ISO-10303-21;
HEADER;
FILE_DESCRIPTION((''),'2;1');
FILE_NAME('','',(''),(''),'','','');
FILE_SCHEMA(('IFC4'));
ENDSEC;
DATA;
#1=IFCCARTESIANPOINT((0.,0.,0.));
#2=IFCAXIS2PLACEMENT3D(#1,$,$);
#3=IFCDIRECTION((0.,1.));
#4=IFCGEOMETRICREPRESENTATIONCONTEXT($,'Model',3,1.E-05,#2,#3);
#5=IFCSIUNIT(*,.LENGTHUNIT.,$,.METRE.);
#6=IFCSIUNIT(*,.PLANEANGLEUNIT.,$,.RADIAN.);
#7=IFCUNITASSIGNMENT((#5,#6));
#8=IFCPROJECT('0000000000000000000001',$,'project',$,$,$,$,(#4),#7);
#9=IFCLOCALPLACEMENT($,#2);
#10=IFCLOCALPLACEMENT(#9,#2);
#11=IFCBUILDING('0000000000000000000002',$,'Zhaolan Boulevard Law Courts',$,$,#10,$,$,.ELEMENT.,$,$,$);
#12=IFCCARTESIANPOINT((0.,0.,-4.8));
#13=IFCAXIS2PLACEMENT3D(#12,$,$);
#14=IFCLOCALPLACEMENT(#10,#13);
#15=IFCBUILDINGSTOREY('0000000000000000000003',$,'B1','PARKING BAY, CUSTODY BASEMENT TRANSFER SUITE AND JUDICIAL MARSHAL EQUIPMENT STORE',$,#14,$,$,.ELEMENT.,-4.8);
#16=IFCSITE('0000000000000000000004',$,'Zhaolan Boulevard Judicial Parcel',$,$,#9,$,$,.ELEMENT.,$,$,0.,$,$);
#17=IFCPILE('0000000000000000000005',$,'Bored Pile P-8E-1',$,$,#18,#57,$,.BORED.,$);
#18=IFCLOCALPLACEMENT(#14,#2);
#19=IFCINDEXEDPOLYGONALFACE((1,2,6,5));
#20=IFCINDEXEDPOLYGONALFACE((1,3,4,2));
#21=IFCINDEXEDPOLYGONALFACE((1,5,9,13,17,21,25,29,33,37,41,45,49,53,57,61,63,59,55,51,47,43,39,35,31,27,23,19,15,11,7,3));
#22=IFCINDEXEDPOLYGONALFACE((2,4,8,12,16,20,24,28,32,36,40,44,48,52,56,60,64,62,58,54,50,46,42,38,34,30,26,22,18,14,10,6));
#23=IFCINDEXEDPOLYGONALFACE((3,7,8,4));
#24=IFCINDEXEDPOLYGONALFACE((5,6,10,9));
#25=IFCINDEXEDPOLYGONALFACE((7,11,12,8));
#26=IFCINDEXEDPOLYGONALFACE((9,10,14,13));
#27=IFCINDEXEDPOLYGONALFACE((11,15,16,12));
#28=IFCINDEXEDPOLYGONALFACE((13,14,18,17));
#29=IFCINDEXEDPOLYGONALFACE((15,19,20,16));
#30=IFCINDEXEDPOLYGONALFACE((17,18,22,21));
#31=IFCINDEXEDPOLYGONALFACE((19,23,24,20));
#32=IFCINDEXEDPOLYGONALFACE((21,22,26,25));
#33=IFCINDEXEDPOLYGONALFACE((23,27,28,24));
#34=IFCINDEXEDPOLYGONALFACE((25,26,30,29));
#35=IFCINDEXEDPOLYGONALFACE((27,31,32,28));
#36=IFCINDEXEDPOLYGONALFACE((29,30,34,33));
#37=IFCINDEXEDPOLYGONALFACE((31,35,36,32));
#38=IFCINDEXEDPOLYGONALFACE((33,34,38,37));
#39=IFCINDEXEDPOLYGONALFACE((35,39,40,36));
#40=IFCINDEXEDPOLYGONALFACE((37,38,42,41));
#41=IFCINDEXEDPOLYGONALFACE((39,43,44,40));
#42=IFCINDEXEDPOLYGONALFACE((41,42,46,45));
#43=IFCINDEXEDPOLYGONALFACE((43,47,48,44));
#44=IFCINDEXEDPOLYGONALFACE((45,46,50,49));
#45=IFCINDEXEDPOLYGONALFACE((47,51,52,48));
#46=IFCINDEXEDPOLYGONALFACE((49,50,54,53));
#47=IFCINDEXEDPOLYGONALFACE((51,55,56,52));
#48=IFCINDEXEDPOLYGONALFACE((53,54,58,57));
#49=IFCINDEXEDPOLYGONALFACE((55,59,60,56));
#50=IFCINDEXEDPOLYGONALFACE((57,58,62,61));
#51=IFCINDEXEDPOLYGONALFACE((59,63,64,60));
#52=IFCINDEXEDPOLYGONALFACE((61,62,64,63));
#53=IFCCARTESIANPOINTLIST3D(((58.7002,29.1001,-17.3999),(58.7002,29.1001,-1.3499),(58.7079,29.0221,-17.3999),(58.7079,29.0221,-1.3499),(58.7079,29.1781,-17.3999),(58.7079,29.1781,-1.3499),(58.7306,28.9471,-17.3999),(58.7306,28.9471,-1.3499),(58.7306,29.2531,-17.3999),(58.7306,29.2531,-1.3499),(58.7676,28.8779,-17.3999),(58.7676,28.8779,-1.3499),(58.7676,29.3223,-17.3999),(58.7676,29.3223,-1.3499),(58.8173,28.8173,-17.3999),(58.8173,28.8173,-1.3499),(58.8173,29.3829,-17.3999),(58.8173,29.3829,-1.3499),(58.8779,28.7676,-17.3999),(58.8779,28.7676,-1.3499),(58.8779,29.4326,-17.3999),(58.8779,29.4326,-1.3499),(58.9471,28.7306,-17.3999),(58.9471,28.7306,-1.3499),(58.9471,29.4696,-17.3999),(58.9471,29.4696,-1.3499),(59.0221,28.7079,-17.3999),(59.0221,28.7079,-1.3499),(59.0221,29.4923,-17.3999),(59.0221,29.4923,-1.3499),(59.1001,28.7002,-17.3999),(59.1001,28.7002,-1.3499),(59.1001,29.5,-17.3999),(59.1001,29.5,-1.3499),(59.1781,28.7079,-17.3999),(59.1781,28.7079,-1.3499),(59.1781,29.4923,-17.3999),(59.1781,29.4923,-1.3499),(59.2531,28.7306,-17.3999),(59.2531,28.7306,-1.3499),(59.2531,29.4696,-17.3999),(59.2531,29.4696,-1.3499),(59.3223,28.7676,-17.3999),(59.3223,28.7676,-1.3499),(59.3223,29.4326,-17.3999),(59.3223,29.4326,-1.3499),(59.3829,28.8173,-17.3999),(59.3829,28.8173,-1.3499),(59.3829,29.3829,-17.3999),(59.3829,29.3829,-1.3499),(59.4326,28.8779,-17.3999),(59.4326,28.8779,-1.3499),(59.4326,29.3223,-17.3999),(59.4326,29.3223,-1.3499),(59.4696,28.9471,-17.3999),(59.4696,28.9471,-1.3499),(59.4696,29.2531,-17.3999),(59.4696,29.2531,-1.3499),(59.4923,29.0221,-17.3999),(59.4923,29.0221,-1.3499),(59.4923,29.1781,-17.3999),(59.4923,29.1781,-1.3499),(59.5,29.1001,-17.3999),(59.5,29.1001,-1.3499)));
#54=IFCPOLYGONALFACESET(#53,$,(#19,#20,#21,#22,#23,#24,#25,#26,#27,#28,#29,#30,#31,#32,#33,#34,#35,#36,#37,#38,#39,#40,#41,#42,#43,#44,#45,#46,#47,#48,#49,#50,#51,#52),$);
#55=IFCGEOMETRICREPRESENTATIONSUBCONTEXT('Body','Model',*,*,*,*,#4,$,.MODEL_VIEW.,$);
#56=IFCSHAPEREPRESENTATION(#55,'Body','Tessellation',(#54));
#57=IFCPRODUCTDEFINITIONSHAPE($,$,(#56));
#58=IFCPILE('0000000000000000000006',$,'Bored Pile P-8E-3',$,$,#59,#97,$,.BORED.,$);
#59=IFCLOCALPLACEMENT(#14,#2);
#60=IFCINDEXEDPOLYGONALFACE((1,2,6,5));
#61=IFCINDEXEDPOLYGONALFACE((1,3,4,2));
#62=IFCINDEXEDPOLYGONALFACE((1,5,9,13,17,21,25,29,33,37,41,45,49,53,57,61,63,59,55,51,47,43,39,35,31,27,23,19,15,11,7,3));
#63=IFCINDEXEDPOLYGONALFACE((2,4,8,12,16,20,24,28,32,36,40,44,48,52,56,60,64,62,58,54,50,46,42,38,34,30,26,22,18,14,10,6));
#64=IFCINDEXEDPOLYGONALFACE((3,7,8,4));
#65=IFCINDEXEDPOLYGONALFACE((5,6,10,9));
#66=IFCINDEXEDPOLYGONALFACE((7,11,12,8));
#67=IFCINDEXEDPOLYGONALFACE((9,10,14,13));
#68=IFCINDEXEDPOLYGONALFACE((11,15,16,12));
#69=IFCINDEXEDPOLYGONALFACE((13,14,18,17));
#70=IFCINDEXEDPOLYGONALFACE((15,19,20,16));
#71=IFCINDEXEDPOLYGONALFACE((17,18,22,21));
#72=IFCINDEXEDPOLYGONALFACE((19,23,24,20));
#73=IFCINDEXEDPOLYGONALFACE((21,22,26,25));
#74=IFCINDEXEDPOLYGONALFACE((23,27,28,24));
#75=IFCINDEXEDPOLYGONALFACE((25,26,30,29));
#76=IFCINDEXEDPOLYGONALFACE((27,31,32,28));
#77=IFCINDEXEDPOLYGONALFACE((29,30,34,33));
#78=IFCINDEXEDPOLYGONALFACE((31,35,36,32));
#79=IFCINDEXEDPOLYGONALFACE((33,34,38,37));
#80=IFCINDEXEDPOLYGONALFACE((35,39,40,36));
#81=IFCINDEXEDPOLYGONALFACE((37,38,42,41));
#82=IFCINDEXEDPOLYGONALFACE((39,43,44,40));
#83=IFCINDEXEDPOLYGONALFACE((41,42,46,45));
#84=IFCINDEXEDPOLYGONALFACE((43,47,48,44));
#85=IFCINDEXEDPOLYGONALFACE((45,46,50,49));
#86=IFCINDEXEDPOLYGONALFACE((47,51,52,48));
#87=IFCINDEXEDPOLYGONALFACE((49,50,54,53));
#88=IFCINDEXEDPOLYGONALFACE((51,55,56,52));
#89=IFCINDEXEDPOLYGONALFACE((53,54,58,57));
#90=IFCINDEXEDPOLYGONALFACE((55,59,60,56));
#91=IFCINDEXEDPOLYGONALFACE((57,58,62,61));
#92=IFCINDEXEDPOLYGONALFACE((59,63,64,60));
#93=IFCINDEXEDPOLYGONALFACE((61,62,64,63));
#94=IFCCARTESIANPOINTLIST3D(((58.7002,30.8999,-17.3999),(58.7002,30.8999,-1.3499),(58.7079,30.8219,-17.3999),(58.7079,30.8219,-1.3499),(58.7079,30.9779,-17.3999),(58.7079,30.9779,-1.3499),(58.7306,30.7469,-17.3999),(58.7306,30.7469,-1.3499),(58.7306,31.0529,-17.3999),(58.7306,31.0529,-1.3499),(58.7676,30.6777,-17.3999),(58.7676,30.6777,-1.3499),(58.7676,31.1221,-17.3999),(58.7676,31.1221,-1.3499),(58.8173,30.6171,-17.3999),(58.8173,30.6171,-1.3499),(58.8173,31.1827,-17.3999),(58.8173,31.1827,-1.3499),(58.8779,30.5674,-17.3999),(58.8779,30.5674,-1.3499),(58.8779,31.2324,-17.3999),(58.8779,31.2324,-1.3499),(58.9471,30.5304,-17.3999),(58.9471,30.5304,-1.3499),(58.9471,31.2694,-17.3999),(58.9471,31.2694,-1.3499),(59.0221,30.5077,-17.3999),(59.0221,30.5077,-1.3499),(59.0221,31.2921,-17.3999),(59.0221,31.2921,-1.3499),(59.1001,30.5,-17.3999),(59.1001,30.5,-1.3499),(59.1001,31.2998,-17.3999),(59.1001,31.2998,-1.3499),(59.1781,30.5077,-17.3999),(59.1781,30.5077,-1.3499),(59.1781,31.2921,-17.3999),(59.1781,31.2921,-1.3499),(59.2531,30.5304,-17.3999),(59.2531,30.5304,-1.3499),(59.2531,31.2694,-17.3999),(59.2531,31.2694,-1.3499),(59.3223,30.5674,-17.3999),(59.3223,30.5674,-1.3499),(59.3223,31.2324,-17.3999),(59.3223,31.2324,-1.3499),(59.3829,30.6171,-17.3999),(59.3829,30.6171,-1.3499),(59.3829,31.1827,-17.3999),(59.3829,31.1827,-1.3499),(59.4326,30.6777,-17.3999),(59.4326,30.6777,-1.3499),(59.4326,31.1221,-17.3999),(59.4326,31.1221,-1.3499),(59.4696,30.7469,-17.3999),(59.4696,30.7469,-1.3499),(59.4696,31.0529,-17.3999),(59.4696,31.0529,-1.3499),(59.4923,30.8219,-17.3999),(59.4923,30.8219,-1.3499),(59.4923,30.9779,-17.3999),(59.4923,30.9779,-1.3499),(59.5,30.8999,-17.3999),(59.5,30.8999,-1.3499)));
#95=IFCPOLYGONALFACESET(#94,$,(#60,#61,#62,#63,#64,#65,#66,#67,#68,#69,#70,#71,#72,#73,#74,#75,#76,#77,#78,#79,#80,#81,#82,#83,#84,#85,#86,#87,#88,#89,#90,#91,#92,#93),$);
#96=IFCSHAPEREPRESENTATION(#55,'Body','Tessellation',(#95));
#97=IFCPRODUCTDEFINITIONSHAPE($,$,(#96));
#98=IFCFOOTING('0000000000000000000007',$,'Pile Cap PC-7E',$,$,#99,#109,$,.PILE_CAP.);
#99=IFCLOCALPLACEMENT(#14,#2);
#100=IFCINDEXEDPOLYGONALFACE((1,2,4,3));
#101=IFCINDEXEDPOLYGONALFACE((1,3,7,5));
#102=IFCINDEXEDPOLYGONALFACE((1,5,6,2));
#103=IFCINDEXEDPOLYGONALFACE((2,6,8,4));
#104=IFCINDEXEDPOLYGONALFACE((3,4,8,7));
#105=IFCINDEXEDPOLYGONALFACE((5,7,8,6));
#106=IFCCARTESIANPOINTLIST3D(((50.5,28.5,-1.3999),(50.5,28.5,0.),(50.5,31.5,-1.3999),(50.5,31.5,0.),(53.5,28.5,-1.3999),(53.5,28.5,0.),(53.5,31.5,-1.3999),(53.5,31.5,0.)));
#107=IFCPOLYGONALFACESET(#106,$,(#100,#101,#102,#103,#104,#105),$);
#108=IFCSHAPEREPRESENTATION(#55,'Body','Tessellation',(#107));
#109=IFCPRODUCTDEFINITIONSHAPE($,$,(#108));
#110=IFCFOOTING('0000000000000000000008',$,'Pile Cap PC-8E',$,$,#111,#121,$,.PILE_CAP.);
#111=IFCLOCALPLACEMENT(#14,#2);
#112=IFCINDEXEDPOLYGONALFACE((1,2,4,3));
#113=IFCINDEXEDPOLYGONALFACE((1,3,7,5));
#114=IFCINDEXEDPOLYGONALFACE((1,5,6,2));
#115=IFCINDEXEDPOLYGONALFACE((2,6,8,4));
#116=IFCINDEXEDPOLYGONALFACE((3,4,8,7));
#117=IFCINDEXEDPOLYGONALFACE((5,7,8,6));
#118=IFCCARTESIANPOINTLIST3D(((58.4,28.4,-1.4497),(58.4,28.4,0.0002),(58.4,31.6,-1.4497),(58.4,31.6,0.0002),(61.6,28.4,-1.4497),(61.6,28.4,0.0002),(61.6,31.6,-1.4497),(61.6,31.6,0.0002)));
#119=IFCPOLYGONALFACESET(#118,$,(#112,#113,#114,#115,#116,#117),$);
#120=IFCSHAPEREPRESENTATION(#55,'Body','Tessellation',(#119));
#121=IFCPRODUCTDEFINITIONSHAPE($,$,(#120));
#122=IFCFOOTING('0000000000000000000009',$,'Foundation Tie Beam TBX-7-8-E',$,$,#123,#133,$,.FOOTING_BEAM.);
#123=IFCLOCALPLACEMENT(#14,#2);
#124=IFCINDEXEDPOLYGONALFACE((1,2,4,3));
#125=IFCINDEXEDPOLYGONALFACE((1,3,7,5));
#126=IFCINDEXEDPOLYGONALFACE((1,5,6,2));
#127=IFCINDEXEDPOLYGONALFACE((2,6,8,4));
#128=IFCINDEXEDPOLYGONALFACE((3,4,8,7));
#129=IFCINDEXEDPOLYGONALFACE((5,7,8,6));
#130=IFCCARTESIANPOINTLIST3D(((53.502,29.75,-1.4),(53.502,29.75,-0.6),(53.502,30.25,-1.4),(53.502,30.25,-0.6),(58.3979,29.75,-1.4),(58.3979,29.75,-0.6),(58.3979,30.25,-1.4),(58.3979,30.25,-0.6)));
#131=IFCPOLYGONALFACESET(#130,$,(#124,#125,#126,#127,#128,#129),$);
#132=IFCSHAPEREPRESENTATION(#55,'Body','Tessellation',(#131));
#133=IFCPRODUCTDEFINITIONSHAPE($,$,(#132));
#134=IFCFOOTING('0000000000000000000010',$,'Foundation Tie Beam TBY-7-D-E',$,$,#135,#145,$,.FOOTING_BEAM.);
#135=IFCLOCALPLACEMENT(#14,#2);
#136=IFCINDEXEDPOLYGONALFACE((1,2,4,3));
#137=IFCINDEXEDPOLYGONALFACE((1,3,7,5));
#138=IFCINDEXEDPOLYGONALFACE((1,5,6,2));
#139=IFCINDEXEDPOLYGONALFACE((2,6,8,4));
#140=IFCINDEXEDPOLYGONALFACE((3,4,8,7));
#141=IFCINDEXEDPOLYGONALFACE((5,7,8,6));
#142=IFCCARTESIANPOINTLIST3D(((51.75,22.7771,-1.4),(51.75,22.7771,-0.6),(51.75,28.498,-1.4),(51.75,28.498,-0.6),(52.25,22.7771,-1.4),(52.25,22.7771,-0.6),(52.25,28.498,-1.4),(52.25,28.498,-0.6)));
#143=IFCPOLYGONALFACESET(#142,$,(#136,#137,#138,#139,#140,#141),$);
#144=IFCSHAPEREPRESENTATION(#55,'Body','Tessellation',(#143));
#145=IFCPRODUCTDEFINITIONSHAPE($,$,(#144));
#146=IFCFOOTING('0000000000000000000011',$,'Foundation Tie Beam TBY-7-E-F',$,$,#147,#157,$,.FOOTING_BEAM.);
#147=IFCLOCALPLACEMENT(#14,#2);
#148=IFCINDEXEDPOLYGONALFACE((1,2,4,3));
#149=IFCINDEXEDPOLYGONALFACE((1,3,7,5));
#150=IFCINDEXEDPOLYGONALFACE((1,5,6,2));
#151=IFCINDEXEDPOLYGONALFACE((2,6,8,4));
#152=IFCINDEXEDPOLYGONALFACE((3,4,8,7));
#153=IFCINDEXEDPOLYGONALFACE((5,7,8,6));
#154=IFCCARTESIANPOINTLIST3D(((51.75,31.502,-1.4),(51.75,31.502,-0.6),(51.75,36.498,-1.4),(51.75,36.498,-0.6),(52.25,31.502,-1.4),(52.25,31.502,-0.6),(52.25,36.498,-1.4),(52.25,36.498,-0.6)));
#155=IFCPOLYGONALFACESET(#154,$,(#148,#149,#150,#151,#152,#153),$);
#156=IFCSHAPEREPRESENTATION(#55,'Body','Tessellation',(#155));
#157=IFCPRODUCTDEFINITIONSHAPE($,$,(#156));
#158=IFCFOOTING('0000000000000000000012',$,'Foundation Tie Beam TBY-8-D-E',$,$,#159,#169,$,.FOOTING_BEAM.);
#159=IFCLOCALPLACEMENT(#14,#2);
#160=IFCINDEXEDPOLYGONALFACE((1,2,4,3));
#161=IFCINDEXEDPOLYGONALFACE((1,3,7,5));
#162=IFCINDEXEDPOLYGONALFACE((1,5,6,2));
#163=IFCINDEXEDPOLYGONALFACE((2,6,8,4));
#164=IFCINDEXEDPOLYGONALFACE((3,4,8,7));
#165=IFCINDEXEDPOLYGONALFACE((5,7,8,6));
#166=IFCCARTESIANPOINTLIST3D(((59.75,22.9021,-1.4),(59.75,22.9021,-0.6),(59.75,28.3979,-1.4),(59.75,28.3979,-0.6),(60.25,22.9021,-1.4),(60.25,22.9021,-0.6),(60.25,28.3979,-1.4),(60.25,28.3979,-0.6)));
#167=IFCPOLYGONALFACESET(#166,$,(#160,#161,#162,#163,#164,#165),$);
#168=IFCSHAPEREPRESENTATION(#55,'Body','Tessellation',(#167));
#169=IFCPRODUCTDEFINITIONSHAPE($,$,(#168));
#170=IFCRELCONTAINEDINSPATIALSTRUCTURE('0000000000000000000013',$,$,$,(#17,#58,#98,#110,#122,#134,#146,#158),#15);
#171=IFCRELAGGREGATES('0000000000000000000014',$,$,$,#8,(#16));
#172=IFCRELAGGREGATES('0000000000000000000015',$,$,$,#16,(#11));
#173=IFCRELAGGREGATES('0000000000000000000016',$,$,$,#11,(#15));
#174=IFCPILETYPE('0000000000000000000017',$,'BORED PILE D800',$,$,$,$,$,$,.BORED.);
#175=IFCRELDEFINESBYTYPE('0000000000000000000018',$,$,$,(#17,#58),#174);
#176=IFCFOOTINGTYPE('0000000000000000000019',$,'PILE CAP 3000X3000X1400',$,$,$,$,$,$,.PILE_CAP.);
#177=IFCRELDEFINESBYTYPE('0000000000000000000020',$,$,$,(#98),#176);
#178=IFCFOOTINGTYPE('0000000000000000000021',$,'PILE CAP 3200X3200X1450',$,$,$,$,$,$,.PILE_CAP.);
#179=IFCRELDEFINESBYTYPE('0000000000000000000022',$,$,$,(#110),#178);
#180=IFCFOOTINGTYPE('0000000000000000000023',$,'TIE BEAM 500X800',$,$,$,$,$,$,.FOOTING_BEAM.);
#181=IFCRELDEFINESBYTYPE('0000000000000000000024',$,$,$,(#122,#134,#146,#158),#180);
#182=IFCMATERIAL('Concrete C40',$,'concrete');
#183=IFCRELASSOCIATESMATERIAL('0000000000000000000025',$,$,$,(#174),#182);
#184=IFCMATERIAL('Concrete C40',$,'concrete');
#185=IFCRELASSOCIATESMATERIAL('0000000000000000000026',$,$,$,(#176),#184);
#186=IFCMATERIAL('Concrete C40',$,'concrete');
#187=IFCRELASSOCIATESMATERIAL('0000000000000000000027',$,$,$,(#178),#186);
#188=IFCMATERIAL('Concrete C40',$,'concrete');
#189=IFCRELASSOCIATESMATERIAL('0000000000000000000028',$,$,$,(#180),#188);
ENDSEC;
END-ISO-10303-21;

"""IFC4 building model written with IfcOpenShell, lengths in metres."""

from ifc_helpers import new_model, si_unit, direction, frame, origin, origin_2d, place, context, subcontext, project, spatial, rectangle, circle, extrude, material, material_profile, profile_set, type_object, element, save


model = new_model("IFC4")

# Units and contexts
model_context = context("Model", 3, precision=1e-05, world=origin(), true_north=direction((0.0, 1.0)))
body_context = subcontext(model_context, "Body", "Model", "MODEL_VIEW")
ifc_project = project(units=[si_unit("LENGTHUNIT", "METRE"), si_unit("PLANEANGLEUNIT", "RADIAN")], contexts=[model_context])

# Site, building, storey
site_placement = place(None, origin())
site = spatial("IfcSite", under=ifc_project, at=site_placement, Name="Zhaolan Boulevard Judicial Parcel", CompositionType="ELEMENT", RefElevation=0.0)
building_placement = place(site_placement, origin())
building = spatial("IfcBuilding", under=site, at=building_placement, Name="Zhaolan Boulevard Law Courts", CompositionType="ELEMENT")
storey_placement = place(building_placement, frame((0.0, 0.0, -4.8)))
storey = spatial("IfcBuildingStorey", under=building, at=storey_placement, Name="B1", Description="PARKING BAY, CUSTODY BASEMENT TRANSFER SUITE AND JUDICIAL MARSHAL EQUIPMENT STORE", CompositionType="ELEMENT", Elevation=-4.8)

# Piles
ifc_material_1 = material(Name="Concrete C40", Category="concrete")
ifc_material_profile_1 = material_profile(ifc_material_1, circle(Radius=0.3999, at=origin_2d()), Name="PILE-D800")
ifc_profile_set_1 = profile_set([ifc_material_profile_1], Name="Concrete C40")
pile_type = type_object("IfcPileType", Name="BORED PILE D800", PredefinedType="BORED", material=ifc_profile_set_1)
for number, where, z_axis, x_axis, name in (
    (1, (59.1001, 29.1001, -1.3499), (0.0, 0.0, -1.0), (1.0, 0.0, 0.0), "Bored Pile P-8E-1"),
    (2, (59.1001, 30.8999, -1.3499), (0.0, 0.0, -1.0), (1.0, 0.0, 0.0), "Bored Pile P-8E-3"),
):
    element("IfcPile", number, at=place(storey_placement, frame(where, z_axis=z_axis, x_axis=x_axis)), inside=storey, type_object=pile_type, Name=name, PredefinedType="BORED", context=body_context, shape_type="SweptSolid", body=[
        extrude(circle(Radius=0.3999, at=origin_2d()), origin(), (0.0, 0.0, 1.0), 16.05),
    ])

# Footings
ifc_material_2 = material(Name="Concrete C40", Category="concrete")
footing_type_1 = type_object("IfcFootingType", Name="PILE CAP 3000X3000X1400", PredefinedType="PILE_CAP", material=ifc_material_2)
footing_1_placement = place(storey_placement, frame((52.0, 30.0, -1.3999), z_axis=(0.0, 0.0, 1.0), x_axis=(1.0, 0.0, 0.0)))
element("IfcFooting", 3, at=footing_1_placement, inside=storey, type_object=footing_type_1, Name="Pile Cap PC-7E", PredefinedType="PILE_CAP", context=body_context, shape_type="SweptSolid", body=[
    extrude(rectangle(XDim=3.0, YDim=3.0, at=origin_2d()), origin(), (0.0, 0.0, 1.0), 1.3999),
])
ifc_material_3 = material(Name="Concrete C40", Category="concrete")
footing_type_2 = type_object("IfcFootingType", Name="PILE CAP 3200X3200X1450", PredefinedType="PILE_CAP", material=ifc_material_3)
footing_2_placement = place(storey_placement, frame((60.0, 30.0, -1.4497), z_axis=(0.0, 0.0, 1.0), x_axis=(1.0, 0.0, 0.0)))
element("IfcFooting", 4, at=footing_2_placement, inside=storey, type_object=footing_type_2, Name="Pile Cap PC-8E", PredefinedType="PILE_CAP", context=body_context, shape_type="SweptSolid", body=[
    extrude(rectangle(XDim=3.2, YDim=3.2, at=origin_2d()), origin(), (0.0, 0.0, 1.0), 1.45),
])
ifc_material_4 = material(Name="Concrete C40", Category="concrete")
ifc_material_profile_2 = material_profile(ifc_material_4, rectangle(XDim=0.5, YDim=0.8, at=origin_2d()), Name="RC500x800")
ifc_profile_set_2 = profile_set([ifc_material_profile_2], Name="Concrete C40")
footing_type_3 = type_object("IfcFootingType", Name="TIE BEAM 500X800", PredefinedType="FOOTING_BEAM", material=ifc_profile_set_2)
footing_3_placement = place(storey_placement, frame((53.502, 30.0, -1.0), z_axis=(1.0, 0.0, 0.0), x_axis=(0.0, 1.0, 0.0)))
element("IfcFooting", 5, at=footing_3_placement, inside=storey, type_object=footing_type_3, Name="Foundation Tie Beam TBX-7-8-E", PredefinedType="FOOTING_BEAM", context=body_context, shape_type="SweptSolid", body=[
    extrude(rectangle(XDim=0.5, YDim=0.8, at=origin_2d()), origin(), (0.0, 0.0, 1.0), 4.896),
])
footing_4_placement = place(storey_placement, frame((52.0, 22.7771, -1.0), z_axis=(0.0, 1.0, 0.0), x_axis=(-1.0, 0.0, 0.0)))
element("IfcFooting", 6, at=footing_4_placement, inside=storey, type_object=footing_type_3, Name="Foundation Tie Beam TBY-7-D-E", PredefinedType="FOOTING_BEAM", context=body_context, shape_type="SweptSolid", body=[
    extrude(rectangle(XDim=0.5, YDim=0.8, at=origin_2d()), origin(), (0.0, 0.0, 1.0), 5.7209),
])
footing_5_placement = place(storey_placement, frame((52.0, 31.502, -1.0), z_axis=(0.0, 1.0, 0.0), x_axis=(-1.0, 0.0, 0.0)))
element("IfcFooting", 7, at=footing_5_placement, inside=storey, type_object=footing_type_3, Name="Foundation Tie Beam TBY-7-E-F", PredefinedType="FOOTING_BEAM", context=body_context, shape_type="SweptSolid", body=[
    extrude(rectangle(XDim=0.5, YDim=0.8, at=origin_2d()), origin(), (0.0, 0.0, 1.0), 4.9961),
])
footing_6_placement = place(storey_placement, frame((60.0, 22.9021, -1.0), z_axis=(0.0, 1.0, 0.0), x_axis=(-1.0, 0.0, 0.0)))
element("IfcFooting", 8, at=footing_6_placement, inside=storey, type_object=footing_type_3, Name="Foundation Tie Beam TBY-8-D-E", PredefinedType="FOOTING_BEAM", context=body_context, shape_type="SweptSolid", body=[
    extrude(rectangle(XDim=0.5, YDim=0.8, at=origin_2d()), origin(), (0.0, 0.0, 1.0), 5.4958),
])

save(model, "model.ifc")
